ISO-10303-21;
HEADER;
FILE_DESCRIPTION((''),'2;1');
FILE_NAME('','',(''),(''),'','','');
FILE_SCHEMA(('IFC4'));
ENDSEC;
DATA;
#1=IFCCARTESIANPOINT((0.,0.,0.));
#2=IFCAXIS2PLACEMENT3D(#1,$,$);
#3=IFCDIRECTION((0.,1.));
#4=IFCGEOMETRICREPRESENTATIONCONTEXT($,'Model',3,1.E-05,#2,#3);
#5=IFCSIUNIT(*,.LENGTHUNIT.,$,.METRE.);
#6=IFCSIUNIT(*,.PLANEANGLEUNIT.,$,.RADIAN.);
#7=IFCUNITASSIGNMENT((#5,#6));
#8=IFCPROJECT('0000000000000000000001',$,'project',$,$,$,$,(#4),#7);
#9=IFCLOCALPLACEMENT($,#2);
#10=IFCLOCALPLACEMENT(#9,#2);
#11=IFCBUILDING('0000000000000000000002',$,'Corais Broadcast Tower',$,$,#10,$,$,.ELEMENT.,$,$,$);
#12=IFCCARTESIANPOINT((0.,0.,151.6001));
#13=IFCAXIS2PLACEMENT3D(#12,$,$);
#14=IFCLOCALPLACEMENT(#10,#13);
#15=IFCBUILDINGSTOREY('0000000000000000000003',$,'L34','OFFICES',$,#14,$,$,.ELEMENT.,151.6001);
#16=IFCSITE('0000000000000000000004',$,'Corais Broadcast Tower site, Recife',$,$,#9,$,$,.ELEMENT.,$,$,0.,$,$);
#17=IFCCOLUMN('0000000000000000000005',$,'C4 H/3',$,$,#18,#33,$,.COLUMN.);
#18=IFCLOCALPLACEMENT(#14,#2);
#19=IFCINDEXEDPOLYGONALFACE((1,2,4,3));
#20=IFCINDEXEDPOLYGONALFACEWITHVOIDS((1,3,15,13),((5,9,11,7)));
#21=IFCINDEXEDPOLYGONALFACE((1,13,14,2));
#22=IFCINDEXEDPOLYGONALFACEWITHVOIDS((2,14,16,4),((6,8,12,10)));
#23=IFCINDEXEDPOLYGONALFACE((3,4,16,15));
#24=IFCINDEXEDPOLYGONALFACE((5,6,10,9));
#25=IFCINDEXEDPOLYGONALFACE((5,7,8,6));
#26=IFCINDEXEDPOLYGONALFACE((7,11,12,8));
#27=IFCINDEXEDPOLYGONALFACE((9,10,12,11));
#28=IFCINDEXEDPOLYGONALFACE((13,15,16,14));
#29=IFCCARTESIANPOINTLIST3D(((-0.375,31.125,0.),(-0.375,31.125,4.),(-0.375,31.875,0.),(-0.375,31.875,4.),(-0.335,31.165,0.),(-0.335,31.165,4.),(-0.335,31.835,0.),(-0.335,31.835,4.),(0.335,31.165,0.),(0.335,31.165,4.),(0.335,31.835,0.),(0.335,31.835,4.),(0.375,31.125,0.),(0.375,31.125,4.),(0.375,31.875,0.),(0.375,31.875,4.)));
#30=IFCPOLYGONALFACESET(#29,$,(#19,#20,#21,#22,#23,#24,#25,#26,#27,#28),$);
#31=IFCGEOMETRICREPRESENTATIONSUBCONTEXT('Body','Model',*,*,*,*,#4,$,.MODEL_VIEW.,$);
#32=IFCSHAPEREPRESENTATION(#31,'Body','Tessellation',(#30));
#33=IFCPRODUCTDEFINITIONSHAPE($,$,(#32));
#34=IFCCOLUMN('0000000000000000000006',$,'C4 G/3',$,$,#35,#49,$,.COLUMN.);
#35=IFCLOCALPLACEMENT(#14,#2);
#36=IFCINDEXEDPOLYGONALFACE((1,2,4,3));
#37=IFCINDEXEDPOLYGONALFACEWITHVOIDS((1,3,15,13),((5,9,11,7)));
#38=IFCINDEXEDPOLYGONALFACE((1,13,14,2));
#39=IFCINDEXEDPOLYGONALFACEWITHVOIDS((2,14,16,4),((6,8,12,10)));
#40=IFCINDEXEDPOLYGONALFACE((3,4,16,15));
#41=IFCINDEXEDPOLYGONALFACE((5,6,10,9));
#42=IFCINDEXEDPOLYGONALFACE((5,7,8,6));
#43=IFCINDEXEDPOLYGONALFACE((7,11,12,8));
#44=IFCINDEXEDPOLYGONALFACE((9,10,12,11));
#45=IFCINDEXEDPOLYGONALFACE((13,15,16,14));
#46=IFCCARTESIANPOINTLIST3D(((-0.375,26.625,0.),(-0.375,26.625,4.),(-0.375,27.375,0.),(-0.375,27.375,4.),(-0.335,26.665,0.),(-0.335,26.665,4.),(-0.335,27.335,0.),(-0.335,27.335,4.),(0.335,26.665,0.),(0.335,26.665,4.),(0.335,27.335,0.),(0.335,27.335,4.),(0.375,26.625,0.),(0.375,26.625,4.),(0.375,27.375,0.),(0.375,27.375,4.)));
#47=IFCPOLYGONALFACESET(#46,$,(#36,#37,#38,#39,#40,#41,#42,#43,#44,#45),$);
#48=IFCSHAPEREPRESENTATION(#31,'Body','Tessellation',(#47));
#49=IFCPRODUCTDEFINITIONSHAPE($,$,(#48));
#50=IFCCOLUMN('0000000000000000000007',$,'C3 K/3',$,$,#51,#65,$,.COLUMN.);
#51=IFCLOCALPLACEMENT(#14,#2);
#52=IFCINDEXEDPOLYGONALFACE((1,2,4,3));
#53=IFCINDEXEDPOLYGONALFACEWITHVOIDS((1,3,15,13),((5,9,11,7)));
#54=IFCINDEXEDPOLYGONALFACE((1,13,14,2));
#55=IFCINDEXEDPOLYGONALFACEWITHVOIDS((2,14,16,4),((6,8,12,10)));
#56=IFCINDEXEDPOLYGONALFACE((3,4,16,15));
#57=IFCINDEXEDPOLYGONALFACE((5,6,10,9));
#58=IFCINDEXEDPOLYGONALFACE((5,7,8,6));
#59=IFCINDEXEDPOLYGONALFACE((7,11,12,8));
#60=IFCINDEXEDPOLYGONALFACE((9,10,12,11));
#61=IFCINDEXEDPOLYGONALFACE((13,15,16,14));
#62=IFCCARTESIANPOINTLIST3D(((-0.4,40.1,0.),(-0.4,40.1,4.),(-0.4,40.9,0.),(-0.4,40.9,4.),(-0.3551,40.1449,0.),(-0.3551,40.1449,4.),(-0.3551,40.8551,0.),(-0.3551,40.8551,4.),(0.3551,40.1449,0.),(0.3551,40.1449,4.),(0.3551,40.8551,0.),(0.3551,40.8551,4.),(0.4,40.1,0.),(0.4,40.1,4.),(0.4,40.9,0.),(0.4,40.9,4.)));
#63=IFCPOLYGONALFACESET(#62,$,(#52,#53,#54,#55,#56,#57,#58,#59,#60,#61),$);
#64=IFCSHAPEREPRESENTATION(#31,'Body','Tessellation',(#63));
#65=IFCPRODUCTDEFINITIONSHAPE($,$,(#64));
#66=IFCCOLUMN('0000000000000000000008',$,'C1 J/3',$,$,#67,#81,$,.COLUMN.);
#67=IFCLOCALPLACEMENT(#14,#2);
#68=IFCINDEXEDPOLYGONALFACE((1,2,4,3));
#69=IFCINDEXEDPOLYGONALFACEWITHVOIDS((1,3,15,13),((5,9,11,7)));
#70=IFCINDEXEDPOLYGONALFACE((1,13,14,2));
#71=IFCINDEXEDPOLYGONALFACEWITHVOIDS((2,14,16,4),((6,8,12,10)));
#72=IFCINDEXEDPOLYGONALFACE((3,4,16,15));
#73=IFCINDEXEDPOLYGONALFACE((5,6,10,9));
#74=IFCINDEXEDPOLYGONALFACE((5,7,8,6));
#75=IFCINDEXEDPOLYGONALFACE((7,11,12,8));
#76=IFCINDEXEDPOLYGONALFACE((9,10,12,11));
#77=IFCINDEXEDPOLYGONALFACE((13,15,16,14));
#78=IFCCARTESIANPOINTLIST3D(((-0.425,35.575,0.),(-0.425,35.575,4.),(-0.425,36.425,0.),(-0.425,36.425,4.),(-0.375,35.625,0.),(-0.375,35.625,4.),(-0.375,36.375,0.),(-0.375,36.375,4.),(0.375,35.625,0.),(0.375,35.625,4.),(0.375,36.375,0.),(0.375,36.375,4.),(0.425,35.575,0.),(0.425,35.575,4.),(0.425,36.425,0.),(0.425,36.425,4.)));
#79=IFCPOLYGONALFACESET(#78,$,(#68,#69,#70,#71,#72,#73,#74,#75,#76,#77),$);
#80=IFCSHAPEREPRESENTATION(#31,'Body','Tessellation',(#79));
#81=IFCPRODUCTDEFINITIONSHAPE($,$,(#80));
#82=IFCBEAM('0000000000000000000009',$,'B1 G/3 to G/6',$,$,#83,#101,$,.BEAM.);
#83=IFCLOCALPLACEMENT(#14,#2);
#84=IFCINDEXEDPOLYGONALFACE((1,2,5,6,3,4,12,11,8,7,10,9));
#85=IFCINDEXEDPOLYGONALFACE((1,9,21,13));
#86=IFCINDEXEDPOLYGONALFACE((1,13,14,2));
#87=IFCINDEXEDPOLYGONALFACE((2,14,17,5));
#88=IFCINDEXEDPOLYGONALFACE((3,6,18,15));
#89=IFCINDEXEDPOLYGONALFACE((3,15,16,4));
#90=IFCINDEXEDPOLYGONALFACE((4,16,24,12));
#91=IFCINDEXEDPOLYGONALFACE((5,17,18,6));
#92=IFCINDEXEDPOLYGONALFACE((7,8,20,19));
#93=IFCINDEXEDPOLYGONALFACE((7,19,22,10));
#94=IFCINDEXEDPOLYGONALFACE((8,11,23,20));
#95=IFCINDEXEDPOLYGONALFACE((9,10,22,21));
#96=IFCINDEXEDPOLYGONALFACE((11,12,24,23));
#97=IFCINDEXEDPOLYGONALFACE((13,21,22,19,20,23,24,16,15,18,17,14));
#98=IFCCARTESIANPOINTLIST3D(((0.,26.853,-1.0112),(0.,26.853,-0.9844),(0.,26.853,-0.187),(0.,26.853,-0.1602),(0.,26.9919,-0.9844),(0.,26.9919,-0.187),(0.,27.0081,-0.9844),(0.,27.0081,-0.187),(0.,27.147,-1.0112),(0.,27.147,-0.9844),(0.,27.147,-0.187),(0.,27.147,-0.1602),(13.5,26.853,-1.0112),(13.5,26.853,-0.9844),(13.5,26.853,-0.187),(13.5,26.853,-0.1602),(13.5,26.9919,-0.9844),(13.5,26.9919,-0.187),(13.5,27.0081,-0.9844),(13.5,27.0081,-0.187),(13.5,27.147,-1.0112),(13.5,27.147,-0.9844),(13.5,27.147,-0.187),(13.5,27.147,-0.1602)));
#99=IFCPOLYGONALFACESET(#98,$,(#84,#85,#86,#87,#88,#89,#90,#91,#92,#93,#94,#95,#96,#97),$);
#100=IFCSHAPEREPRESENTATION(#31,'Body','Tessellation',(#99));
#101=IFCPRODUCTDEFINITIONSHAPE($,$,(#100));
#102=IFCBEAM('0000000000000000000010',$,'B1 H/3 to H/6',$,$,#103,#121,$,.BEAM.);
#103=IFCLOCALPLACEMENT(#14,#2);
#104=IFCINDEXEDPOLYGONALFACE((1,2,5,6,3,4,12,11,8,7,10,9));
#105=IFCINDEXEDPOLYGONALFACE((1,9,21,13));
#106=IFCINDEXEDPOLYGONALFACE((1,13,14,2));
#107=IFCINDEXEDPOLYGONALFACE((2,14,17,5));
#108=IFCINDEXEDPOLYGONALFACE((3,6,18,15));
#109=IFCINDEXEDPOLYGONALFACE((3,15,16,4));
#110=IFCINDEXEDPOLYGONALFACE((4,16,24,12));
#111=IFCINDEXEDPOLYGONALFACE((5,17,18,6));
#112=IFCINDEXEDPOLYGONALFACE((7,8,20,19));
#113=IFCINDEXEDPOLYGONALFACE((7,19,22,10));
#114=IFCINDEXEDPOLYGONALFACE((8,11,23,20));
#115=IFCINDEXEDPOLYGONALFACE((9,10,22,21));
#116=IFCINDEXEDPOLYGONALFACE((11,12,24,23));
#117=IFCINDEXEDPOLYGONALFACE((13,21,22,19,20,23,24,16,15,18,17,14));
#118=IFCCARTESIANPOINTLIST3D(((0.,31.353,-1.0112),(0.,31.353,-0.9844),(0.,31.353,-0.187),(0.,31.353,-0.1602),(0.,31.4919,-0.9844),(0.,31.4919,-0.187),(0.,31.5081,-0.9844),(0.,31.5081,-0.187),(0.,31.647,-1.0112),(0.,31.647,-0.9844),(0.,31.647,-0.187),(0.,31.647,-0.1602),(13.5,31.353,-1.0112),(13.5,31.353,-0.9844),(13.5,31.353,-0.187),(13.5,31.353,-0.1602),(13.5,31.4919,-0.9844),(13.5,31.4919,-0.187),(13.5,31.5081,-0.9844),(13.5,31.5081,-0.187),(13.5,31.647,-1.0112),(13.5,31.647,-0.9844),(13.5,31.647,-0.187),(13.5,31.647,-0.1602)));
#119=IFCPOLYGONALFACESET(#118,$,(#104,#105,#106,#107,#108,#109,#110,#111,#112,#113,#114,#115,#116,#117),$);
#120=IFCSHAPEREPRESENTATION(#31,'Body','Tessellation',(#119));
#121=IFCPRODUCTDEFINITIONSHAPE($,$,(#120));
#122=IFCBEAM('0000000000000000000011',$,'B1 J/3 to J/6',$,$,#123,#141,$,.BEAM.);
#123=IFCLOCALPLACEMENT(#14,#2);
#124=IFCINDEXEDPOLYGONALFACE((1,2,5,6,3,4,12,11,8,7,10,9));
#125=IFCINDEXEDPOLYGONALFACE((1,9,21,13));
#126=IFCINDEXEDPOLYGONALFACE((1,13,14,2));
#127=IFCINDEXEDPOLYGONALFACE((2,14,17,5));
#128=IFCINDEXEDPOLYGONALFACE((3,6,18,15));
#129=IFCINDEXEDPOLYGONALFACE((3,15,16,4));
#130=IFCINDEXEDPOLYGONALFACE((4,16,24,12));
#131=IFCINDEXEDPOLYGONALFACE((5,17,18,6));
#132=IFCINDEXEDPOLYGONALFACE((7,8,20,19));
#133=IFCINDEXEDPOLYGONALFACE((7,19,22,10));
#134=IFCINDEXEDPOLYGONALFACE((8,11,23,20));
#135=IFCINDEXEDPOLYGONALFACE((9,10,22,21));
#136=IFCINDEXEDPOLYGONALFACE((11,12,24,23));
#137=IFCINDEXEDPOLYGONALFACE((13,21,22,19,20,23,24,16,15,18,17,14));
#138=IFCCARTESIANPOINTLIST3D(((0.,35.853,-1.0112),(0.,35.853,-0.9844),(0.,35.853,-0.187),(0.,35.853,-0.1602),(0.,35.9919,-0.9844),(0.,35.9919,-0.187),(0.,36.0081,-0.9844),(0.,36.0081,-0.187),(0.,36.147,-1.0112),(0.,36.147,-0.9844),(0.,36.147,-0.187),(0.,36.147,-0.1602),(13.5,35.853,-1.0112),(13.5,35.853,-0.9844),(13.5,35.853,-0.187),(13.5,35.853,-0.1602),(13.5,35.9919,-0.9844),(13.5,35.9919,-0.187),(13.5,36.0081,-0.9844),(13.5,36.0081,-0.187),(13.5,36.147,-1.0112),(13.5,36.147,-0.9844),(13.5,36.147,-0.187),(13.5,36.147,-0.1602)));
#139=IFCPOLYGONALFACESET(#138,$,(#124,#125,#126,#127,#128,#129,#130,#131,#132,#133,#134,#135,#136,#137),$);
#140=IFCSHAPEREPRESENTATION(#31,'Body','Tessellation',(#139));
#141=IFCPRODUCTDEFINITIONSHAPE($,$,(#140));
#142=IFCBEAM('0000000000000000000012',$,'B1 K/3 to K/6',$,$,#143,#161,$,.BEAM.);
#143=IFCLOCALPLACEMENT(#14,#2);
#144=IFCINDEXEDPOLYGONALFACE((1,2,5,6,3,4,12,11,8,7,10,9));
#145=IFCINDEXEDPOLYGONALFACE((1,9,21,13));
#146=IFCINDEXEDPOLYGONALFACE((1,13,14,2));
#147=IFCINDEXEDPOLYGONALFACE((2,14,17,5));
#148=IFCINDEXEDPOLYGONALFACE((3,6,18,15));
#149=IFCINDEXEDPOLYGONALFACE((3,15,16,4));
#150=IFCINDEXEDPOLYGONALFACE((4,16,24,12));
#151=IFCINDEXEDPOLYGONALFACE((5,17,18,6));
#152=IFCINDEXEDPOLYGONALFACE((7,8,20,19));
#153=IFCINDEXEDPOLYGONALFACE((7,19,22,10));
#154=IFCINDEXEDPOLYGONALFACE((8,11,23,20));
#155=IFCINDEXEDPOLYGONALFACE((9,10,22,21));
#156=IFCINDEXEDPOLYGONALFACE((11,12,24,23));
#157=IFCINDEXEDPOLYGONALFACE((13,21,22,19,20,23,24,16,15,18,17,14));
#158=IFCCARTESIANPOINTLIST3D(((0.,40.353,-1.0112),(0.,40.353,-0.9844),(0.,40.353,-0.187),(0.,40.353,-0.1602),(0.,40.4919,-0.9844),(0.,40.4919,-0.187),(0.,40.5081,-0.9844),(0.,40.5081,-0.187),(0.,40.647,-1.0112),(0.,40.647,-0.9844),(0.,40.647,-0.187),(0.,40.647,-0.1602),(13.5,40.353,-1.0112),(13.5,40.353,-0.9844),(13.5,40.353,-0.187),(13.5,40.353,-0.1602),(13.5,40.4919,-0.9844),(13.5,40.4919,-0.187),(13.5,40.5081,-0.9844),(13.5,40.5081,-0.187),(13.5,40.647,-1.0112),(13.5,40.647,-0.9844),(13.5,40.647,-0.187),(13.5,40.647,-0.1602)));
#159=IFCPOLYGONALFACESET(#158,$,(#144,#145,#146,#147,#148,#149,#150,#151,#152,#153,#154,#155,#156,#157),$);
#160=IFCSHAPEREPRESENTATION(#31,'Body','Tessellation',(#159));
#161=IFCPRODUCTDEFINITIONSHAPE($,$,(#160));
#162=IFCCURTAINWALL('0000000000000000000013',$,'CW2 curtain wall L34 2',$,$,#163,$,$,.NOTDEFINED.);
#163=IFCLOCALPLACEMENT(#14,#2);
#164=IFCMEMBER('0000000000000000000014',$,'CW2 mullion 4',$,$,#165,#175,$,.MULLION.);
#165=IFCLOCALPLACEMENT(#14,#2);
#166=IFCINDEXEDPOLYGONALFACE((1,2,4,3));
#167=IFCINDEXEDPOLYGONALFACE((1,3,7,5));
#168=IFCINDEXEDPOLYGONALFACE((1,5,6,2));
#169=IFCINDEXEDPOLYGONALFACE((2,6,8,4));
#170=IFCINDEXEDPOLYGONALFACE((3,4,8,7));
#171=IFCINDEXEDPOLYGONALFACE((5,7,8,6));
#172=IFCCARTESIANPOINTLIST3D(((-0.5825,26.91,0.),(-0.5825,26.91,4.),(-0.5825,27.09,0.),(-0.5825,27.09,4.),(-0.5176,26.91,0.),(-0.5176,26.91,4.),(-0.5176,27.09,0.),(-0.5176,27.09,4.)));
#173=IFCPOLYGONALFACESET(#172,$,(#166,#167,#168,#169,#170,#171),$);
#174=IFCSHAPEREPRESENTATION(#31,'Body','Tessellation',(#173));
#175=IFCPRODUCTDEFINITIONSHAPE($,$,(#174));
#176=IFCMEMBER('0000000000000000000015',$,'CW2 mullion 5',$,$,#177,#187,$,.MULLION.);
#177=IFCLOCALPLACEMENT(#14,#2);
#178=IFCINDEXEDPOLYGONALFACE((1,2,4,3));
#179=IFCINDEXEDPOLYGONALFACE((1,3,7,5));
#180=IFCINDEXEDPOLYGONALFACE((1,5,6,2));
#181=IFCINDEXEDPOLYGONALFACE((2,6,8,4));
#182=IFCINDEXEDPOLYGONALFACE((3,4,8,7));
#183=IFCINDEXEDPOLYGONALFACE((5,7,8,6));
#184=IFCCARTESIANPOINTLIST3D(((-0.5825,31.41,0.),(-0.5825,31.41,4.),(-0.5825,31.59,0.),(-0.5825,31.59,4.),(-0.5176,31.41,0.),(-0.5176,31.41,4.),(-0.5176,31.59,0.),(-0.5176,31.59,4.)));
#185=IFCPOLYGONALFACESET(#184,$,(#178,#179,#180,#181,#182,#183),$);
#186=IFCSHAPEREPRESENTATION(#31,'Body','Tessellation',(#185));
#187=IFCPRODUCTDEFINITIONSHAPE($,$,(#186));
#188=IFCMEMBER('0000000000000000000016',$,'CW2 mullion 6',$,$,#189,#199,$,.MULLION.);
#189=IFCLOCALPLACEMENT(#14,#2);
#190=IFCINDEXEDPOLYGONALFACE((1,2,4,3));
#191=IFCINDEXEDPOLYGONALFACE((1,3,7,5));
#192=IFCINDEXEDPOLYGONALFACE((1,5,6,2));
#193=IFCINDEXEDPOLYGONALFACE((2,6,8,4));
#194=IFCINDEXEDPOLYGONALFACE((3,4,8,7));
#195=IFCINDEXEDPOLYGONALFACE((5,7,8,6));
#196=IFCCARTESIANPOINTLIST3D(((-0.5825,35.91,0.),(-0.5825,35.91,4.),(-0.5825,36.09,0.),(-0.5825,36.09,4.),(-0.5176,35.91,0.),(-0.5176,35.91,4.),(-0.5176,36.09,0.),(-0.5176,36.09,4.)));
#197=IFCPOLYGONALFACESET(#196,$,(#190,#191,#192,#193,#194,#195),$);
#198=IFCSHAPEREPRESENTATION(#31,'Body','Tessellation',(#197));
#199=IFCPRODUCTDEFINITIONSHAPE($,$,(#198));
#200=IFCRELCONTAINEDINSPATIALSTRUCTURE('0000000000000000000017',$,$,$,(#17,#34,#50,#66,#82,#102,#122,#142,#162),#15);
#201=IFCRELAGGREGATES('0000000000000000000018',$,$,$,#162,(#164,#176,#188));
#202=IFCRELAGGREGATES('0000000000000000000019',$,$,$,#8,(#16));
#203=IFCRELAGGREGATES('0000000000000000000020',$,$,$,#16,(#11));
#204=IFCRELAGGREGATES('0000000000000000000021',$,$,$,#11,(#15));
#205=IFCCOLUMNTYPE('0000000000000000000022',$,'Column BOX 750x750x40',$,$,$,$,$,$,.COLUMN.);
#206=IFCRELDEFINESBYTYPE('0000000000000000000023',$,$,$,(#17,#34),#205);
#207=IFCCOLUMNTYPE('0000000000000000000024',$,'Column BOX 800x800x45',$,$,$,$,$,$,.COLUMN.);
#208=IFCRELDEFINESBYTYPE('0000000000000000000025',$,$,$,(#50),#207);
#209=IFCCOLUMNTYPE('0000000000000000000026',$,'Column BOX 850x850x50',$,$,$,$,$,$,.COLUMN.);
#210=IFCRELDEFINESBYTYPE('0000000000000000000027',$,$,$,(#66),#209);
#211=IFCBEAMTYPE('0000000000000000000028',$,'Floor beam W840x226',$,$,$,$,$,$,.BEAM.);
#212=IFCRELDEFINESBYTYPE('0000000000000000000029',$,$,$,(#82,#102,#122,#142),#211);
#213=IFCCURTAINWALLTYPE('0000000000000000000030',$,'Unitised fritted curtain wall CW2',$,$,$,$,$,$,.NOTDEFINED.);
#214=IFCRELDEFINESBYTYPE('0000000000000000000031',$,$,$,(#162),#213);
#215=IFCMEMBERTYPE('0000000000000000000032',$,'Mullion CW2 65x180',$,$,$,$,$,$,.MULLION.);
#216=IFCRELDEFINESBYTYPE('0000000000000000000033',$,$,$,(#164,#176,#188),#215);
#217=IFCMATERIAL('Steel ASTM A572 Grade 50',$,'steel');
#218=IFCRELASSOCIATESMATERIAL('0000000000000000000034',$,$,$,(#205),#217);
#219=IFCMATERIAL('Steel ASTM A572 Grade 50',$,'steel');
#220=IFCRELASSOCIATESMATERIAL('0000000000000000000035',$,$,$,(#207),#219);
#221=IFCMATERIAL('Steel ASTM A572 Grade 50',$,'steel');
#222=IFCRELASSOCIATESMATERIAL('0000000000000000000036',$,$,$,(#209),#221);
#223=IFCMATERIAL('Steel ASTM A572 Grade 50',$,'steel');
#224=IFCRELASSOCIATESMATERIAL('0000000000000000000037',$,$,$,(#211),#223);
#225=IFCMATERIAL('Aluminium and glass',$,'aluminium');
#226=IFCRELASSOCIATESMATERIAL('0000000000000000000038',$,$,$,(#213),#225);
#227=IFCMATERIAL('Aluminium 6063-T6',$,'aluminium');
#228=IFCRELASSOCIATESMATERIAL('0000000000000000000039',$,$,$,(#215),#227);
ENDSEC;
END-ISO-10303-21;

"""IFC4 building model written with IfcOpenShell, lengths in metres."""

from ifc_helpers import new_model, si_unit, direction, frame, origin, origin_2d, place, context, subcontext, project, spatial, rectangle, hollow_rectangle, i_section, extrude, material, material_profile, profile_set, type_object, element, aggregate, save


model = new_model("IFC4")

# Units and contexts
model_context = context("Model", 3, precision=1e-05, world=origin(), true_north=direction((0.0, 1.0)))
body_context = subcontext(model_context, "Body", "Model", "MODEL_VIEW")
ifc_project = project(units=[si_unit("LENGTHUNIT", "METRE"), si_unit("PLANEANGLEUNIT", "RADIAN")], contexts=[model_context])

# Site, building, storey
site_placement = place(None, origin())
site = spatial("IfcSite", under=ifc_project, at=site_placement, Name="Corais Broadcast Tower site, Recife", CompositionType="ELEMENT", RefElevation=0.0)
building_placement = place(site_placement, origin())
building = spatial("IfcBuilding", under=site, at=building_placement, Name="Corais Broadcast Tower", CompositionType="ELEMENT")
storey_placement = place(building_placement, frame((0.0, 0.0, 151.6001)))
storey = spatial("IfcBuildingStorey", under=building, at=storey_placement, Name="L34", Description="OFFICES", CompositionType="ELEMENT", Elevation=151.6001)

# Columns
ifc_material_1 = material(Name="Steel ASTM A572 Grade 50", Category="steel")
ifc_material_profile_1 = material_profile(ifc_material_1, hollow_rectangle(XDim=0.75, YDim=0.75, WallThickness=0.04, at=origin_2d()), Name="BOX 750x750x40")
ifc_profile_set_1 = profile_set([ifc_material_profile_1], Name="Steel ASTM A572 Grade 50")
column_type_1 = type_object("IfcColumnType", Name="Column BOX 750x750x40", PredefinedType="COLUMN", material=ifc_profile_set_1)
for number, where, z_axis, x_axis, name in (
    (1, (0.0, 31.5, 0.0), (0.0, 0.0, 1.0), (1.0, 0.0, 0.0), "C4 H/3"),
    (2, (0.0, 27.0, 0.0), (0.0, 0.0, 1.0), (1.0, 0.0, 0.0), "C4 G/3"),
):
    element("IfcColumn", number, at=place(storey_placement, frame(where, z_axis=z_axis, x_axis=x_axis)), inside=storey, type_object=column_type_1, Name=name, PredefinedType="COLUMN", context=body_context, shape_type="SweptSolid", body=[
        extrude(hollow_rectangle(XDim=0.75, YDim=0.75, WallThickness=0.04, at=origin_2d()), origin(), (0.0, 0.0, 1.0), 4.0),
    ])
ifc_material_2 = material(Name="Steel ASTM A572 Grade 50", Category="steel")
ifc_material_profile_2 = material_profile(ifc_material_2, hollow_rectangle(XDim=0.8, YDim=0.8, WallThickness=0.0449, at=origin_2d()), Name="BOX 800x800x45")
ifc_profile_set_2 = profile_set([ifc_material_profile_2], Name="Steel ASTM A572 Grade 50")
column_type_2 = type_object("IfcColumnType", Name="Column BOX 800x800x45", PredefinedType="COLUMN", material=ifc_profile_set_2)
column_1_placement = place(storey_placement, frame((0.0, 40.5, 0.0), z_axis=(0.0, 0.0, 1.0), x_axis=(1.0, 0.0, 0.0)))
element("IfcColumn", 3, at=column_1_placement, inside=storey, type_object=column_type_2, Name="C3 K/3", PredefinedType="COLUMN", context=body_context, shape_type="SweptSolid", body=[
    extrude(hollow_rectangle(XDim=0.8, YDim=0.8, WallThickness=0.0449, at=origin_2d()), origin(), (0.0, 0.0, 1.0), 4.0),
])
ifc_material_3 = material(Name="Steel ASTM A572 Grade 50", Category="steel")
ifc_material_profile_3 = material_profile(ifc_material_3, hollow_rectangle(XDim=0.8501, YDim=0.8501, WallThickness=0.05, at=origin_2d()), Name="BOX 850x850x50")
ifc_profile_set_3 = profile_set([ifc_material_profile_3], Name="Steel ASTM A572 Grade 50")
column_type_3 = type_object("IfcColumnType", Name="Column BOX 850x850x50", PredefinedType="COLUMN", material=ifc_profile_set_3)
column_2_placement = place(storey_placement, frame((0.0, 36.0, 0.0), z_axis=(0.0, 0.0, 1.0), x_axis=(1.0, 0.0, 0.0)))
element("IfcColumn", 4, at=column_2_placement, inside=storey, type_object=column_type_3, Name="C1 J/3", PredefinedType="COLUMN", context=body_context, shape_type="SweptSolid", body=[
    extrude(hollow_rectangle(XDim=0.8501, YDim=0.8501, WallThickness=0.05, at=origin_2d()), origin(), (0.0, 0.0, 1.0), 4.0),
])

# Beams
ifc_material_4 = material(Name="Steel ASTM A572 Grade 50", Category="steel")
ifc_material_profile_4 = material_profile(ifc_material_4, i_section(OverallWidth=0.2939, OverallDepth=0.8511, WebThickness=0.0161, FlangeThickness=0.0269, at=origin_2d()), Name="W840x226")
ifc_profile_set_4 = profile_set([ifc_material_profile_4], Name="Steel ASTM A572 Grade 50")
beam_type_1 = type_object("IfcBeamType", Name="Floor beam W840x226", PredefinedType="BEAM", material=ifc_profile_set_4)
for number, where, z_axis, x_axis, name in (
    (5, (0.0, 27.0, -0.5857), (1.0, 0.0, 0.0), (0.0, 1.0, 0.0), "B1 G/3 to G/6"),
    (6, (0.0, 31.5, -0.5857), (1.0, 0.0, 0.0), (0.0, 1.0, 0.0), "B1 H/3 to H/6"),
    (7, (0.0, 36.0, -0.5857), (1.0, 0.0, 0.0), (0.0, 1.0, 0.0), "B1 J/3 to J/6"),
    (8, (0.0, 40.5, -0.5857), (1.0, 0.0, 0.0), (0.0, 1.0, 0.0), "B1 K/3 to K/6"),
):
    element("IfcBeam", number, at=place(storey_placement, frame(where, z_axis=z_axis, x_axis=x_axis)), inside=storey, type_object=beam_type_1, Name=name, PredefinedType="BEAM", context=body_context, shape_type="SweptSolid", body=[
        extrude(i_section(OverallWidth=0.2939, OverallDepth=0.8511, WebThickness=0.0161, FlangeThickness=0.0269, at=origin_2d()), origin(), (0.0, 0.0, 1.0), 13.5),
    ])

# Curtain wall, members
ifc_material_5 = material(Name="Aluminium and glass", Category="aluminium")
curtain_wall_type = type_object("IfcCurtainWallType", Name="Unitised fritted curtain wall CW2", PredefinedType="NOTDEFINED", material=ifc_material_5)
curtain_wall_placement = place(storey_placement, origin())
curtain_wall = element("IfcCurtainWall", 9, at=curtain_wall_placement, inside=storey, type_object=curtain_wall_type, Name="CW2 curtain wall L34 2", PredefinedType="NOTDEFINED")
ifc_material_6 = material(Name="Aluminium 6063-T6", Category="aluminium")
ifc_material_profile_5 = material_profile(ifc_material_6, rectangle(XDim=0.0649, YDim=0.1799, at=origin_2d()), Name="Mullion CW2 65x180")
ifc_profile_set_5 = profile_set([ifc_material_profile_5], Name="Aluminium 6063-T6")
member_type_1 = type_object("IfcMemberType", Name="Mullion CW2 65x180", PredefinedType="MULLION", material=ifc_profile_set_5)
member_1_placement = place(storey_placement, frame((-0.55, 27.0, 0.0), z_axis=(0.0, 0.0, 1.0), x_axis=(-1.0, 0.0, 0.0)))
member_1 = element("IfcMember", 10, at=member_1_placement, type_object=member_type_1, Name="CW2 mullion 4", PredefinedType="MULLION", context=body_context, shape_type="SweptSolid", body=[
    extrude(rectangle(XDim=0.0649, YDim=0.1799, at=origin_2d()), origin(), (0.0, 0.0, 1.0), 4.0),
])
member_2_placement = place(storey_placement, frame((-0.55, 31.5, 0.0), z_axis=(0.0, 0.0, 1.0), x_axis=(-1.0, 0.0, 0.0)))
member_2 = element("IfcMember", 11, at=member_2_placement, type_object=member_type_1, Name="CW2 mullion 5", PredefinedType="MULLION", context=body_context, shape_type="SweptSolid", body=[
    extrude(rectangle(XDim=0.0649, YDim=0.1799, at=origin_2d()), origin(), (0.0, 0.0, 1.0), 4.0),
])
member_3_placement = place(storey_placement, frame((-0.55, 36.0, 0.0), z_axis=(0.0, 0.0, 1.0), x_axis=(-1.0, 0.0, 0.0)))
member_3 = element("IfcMember", 12, at=member_3_placement, type_object=member_type_1, Name="CW2 mullion 6", PredefinedType="MULLION", context=body_context, shape_type="SweptSolid", body=[
    extrude(rectangle(XDim=0.0649, YDim=0.1799, at=origin_2d()), origin(), (0.0, 0.0, 1.0), 4.0),
])

aggregate(curtain_wall, [member_1, member_2, member_3])

save(model, "model.ifc")
